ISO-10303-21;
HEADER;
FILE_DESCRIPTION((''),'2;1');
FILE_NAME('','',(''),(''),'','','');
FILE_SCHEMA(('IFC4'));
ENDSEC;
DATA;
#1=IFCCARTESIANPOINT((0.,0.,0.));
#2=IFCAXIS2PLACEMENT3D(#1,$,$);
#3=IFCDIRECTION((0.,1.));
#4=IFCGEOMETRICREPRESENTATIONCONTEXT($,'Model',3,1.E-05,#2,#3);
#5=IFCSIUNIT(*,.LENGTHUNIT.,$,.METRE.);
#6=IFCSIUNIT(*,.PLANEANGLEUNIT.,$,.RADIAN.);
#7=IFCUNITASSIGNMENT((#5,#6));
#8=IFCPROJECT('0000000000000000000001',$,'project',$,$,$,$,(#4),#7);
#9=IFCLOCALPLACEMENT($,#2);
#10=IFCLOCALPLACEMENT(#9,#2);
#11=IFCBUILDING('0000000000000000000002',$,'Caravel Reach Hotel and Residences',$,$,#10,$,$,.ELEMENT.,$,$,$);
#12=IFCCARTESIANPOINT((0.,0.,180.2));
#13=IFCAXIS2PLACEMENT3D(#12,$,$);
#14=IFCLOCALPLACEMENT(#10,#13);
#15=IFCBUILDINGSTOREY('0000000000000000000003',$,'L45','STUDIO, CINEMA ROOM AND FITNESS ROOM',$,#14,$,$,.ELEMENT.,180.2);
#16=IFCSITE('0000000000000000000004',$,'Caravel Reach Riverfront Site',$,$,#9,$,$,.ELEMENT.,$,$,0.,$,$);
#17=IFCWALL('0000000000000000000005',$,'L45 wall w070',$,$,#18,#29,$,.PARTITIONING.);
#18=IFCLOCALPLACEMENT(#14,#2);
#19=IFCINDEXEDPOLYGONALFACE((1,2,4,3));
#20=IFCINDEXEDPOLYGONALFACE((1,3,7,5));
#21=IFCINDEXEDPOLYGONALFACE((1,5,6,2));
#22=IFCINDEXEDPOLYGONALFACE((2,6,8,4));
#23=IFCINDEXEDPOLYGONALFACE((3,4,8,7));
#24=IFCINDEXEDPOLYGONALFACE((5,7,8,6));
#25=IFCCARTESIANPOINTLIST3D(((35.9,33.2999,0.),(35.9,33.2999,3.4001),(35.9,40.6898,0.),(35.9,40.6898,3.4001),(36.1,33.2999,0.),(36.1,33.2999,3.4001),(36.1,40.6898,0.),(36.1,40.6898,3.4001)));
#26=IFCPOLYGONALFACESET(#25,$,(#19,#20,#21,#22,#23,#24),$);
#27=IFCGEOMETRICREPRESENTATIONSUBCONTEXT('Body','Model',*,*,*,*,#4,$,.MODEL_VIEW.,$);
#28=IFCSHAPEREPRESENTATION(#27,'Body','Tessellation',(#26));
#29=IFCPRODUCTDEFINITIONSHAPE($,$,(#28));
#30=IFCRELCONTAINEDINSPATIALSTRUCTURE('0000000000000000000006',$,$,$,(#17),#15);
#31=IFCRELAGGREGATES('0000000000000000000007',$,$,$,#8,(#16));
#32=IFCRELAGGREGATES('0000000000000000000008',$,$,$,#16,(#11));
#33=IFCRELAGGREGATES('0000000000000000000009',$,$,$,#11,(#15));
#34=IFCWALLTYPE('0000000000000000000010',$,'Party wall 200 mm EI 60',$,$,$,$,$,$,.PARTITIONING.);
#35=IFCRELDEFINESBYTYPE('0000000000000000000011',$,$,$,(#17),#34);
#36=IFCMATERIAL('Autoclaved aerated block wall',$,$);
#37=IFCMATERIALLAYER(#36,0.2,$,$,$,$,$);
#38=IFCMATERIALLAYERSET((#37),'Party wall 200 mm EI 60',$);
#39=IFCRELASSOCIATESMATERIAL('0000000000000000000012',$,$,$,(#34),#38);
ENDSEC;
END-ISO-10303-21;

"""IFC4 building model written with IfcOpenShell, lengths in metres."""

from ifc_helpers import new_model, si_unit, direction, frame, frame_2d, origin, place, context, subcontext, project, spatial, rectangle, extrude, material, layer, layer_set, type_object, element, save


model = new_model("IFC4")

# Units and contexts
model_context = context("Model", 3, precision=1e-05, world=origin(), true_north=direction((0.0, 1.0)))
body_context = subcontext(model_context, "Body", "Model", "MODEL_VIEW")
ifc_project = project(units=[si_unit("LENGTHUNIT", "METRE"), si_unit("PLANEANGLEUNIT", "RADIAN")], contexts=[model_context])

# Site, building, storey
site_placement = place(None, origin())
site = spatial("IfcSite", under=ifc_project, at=site_placement, Name="Caravel Reach Riverfront Site", CompositionType="ELEMENT", RefElevation=0.0)
building_placement = place(site_placement, origin())
building = spatial("IfcBuilding", under=site, at=building_placement, Name="Caravel Reach Hotel and Residences", CompositionType="ELEMENT")
storey_placement = place(building_placement, frame((0.0, 0.0, 180.2)))
storey = spatial("IfcBuildingStorey", under=building, at=storey_placement, Name="L45", Description="STUDIO, CINEMA ROOM AND FITNESS ROOM", CompositionType="ELEMENT", Elevation=180.2)

# Wall
ifc_material_1 = material(Name="Autoclaved aerated block wall")
ifc_layer_1 = layer(ifc_material_1, 0.2)
ifc_layer_set_1 = layer_set([ifc_layer_1], Name="Party wall 200 mm EI 60")
wall_type_1 = type_object("IfcWallType", Name="Party wall 200 mm EI 60", PredefinedType="PARTITIONING", material=ifc_layer_set_1)
wall_1_placement = place(storey_placement, frame((36.0, 33.3, 0.0), z_axis=(0.0, 0.0, 1.0), x_axis=(0.0, 1.0, 0.0)))
element("IfcWall", 1, at=wall_1_placement, inside=storey, type_object=wall_type_1, Name="L45 wall w070", PredefinedType="PARTITIONING", context=body_context, shape_type="SweptSolid", body=[
    extrude(rectangle(XDim=7.3899, YDim=0.2, at=frame_2d((3.6948, 0.0))), origin(), (0.0, 0.0, 1.0), 3.4001),
])

save(model, "model.ifc")
